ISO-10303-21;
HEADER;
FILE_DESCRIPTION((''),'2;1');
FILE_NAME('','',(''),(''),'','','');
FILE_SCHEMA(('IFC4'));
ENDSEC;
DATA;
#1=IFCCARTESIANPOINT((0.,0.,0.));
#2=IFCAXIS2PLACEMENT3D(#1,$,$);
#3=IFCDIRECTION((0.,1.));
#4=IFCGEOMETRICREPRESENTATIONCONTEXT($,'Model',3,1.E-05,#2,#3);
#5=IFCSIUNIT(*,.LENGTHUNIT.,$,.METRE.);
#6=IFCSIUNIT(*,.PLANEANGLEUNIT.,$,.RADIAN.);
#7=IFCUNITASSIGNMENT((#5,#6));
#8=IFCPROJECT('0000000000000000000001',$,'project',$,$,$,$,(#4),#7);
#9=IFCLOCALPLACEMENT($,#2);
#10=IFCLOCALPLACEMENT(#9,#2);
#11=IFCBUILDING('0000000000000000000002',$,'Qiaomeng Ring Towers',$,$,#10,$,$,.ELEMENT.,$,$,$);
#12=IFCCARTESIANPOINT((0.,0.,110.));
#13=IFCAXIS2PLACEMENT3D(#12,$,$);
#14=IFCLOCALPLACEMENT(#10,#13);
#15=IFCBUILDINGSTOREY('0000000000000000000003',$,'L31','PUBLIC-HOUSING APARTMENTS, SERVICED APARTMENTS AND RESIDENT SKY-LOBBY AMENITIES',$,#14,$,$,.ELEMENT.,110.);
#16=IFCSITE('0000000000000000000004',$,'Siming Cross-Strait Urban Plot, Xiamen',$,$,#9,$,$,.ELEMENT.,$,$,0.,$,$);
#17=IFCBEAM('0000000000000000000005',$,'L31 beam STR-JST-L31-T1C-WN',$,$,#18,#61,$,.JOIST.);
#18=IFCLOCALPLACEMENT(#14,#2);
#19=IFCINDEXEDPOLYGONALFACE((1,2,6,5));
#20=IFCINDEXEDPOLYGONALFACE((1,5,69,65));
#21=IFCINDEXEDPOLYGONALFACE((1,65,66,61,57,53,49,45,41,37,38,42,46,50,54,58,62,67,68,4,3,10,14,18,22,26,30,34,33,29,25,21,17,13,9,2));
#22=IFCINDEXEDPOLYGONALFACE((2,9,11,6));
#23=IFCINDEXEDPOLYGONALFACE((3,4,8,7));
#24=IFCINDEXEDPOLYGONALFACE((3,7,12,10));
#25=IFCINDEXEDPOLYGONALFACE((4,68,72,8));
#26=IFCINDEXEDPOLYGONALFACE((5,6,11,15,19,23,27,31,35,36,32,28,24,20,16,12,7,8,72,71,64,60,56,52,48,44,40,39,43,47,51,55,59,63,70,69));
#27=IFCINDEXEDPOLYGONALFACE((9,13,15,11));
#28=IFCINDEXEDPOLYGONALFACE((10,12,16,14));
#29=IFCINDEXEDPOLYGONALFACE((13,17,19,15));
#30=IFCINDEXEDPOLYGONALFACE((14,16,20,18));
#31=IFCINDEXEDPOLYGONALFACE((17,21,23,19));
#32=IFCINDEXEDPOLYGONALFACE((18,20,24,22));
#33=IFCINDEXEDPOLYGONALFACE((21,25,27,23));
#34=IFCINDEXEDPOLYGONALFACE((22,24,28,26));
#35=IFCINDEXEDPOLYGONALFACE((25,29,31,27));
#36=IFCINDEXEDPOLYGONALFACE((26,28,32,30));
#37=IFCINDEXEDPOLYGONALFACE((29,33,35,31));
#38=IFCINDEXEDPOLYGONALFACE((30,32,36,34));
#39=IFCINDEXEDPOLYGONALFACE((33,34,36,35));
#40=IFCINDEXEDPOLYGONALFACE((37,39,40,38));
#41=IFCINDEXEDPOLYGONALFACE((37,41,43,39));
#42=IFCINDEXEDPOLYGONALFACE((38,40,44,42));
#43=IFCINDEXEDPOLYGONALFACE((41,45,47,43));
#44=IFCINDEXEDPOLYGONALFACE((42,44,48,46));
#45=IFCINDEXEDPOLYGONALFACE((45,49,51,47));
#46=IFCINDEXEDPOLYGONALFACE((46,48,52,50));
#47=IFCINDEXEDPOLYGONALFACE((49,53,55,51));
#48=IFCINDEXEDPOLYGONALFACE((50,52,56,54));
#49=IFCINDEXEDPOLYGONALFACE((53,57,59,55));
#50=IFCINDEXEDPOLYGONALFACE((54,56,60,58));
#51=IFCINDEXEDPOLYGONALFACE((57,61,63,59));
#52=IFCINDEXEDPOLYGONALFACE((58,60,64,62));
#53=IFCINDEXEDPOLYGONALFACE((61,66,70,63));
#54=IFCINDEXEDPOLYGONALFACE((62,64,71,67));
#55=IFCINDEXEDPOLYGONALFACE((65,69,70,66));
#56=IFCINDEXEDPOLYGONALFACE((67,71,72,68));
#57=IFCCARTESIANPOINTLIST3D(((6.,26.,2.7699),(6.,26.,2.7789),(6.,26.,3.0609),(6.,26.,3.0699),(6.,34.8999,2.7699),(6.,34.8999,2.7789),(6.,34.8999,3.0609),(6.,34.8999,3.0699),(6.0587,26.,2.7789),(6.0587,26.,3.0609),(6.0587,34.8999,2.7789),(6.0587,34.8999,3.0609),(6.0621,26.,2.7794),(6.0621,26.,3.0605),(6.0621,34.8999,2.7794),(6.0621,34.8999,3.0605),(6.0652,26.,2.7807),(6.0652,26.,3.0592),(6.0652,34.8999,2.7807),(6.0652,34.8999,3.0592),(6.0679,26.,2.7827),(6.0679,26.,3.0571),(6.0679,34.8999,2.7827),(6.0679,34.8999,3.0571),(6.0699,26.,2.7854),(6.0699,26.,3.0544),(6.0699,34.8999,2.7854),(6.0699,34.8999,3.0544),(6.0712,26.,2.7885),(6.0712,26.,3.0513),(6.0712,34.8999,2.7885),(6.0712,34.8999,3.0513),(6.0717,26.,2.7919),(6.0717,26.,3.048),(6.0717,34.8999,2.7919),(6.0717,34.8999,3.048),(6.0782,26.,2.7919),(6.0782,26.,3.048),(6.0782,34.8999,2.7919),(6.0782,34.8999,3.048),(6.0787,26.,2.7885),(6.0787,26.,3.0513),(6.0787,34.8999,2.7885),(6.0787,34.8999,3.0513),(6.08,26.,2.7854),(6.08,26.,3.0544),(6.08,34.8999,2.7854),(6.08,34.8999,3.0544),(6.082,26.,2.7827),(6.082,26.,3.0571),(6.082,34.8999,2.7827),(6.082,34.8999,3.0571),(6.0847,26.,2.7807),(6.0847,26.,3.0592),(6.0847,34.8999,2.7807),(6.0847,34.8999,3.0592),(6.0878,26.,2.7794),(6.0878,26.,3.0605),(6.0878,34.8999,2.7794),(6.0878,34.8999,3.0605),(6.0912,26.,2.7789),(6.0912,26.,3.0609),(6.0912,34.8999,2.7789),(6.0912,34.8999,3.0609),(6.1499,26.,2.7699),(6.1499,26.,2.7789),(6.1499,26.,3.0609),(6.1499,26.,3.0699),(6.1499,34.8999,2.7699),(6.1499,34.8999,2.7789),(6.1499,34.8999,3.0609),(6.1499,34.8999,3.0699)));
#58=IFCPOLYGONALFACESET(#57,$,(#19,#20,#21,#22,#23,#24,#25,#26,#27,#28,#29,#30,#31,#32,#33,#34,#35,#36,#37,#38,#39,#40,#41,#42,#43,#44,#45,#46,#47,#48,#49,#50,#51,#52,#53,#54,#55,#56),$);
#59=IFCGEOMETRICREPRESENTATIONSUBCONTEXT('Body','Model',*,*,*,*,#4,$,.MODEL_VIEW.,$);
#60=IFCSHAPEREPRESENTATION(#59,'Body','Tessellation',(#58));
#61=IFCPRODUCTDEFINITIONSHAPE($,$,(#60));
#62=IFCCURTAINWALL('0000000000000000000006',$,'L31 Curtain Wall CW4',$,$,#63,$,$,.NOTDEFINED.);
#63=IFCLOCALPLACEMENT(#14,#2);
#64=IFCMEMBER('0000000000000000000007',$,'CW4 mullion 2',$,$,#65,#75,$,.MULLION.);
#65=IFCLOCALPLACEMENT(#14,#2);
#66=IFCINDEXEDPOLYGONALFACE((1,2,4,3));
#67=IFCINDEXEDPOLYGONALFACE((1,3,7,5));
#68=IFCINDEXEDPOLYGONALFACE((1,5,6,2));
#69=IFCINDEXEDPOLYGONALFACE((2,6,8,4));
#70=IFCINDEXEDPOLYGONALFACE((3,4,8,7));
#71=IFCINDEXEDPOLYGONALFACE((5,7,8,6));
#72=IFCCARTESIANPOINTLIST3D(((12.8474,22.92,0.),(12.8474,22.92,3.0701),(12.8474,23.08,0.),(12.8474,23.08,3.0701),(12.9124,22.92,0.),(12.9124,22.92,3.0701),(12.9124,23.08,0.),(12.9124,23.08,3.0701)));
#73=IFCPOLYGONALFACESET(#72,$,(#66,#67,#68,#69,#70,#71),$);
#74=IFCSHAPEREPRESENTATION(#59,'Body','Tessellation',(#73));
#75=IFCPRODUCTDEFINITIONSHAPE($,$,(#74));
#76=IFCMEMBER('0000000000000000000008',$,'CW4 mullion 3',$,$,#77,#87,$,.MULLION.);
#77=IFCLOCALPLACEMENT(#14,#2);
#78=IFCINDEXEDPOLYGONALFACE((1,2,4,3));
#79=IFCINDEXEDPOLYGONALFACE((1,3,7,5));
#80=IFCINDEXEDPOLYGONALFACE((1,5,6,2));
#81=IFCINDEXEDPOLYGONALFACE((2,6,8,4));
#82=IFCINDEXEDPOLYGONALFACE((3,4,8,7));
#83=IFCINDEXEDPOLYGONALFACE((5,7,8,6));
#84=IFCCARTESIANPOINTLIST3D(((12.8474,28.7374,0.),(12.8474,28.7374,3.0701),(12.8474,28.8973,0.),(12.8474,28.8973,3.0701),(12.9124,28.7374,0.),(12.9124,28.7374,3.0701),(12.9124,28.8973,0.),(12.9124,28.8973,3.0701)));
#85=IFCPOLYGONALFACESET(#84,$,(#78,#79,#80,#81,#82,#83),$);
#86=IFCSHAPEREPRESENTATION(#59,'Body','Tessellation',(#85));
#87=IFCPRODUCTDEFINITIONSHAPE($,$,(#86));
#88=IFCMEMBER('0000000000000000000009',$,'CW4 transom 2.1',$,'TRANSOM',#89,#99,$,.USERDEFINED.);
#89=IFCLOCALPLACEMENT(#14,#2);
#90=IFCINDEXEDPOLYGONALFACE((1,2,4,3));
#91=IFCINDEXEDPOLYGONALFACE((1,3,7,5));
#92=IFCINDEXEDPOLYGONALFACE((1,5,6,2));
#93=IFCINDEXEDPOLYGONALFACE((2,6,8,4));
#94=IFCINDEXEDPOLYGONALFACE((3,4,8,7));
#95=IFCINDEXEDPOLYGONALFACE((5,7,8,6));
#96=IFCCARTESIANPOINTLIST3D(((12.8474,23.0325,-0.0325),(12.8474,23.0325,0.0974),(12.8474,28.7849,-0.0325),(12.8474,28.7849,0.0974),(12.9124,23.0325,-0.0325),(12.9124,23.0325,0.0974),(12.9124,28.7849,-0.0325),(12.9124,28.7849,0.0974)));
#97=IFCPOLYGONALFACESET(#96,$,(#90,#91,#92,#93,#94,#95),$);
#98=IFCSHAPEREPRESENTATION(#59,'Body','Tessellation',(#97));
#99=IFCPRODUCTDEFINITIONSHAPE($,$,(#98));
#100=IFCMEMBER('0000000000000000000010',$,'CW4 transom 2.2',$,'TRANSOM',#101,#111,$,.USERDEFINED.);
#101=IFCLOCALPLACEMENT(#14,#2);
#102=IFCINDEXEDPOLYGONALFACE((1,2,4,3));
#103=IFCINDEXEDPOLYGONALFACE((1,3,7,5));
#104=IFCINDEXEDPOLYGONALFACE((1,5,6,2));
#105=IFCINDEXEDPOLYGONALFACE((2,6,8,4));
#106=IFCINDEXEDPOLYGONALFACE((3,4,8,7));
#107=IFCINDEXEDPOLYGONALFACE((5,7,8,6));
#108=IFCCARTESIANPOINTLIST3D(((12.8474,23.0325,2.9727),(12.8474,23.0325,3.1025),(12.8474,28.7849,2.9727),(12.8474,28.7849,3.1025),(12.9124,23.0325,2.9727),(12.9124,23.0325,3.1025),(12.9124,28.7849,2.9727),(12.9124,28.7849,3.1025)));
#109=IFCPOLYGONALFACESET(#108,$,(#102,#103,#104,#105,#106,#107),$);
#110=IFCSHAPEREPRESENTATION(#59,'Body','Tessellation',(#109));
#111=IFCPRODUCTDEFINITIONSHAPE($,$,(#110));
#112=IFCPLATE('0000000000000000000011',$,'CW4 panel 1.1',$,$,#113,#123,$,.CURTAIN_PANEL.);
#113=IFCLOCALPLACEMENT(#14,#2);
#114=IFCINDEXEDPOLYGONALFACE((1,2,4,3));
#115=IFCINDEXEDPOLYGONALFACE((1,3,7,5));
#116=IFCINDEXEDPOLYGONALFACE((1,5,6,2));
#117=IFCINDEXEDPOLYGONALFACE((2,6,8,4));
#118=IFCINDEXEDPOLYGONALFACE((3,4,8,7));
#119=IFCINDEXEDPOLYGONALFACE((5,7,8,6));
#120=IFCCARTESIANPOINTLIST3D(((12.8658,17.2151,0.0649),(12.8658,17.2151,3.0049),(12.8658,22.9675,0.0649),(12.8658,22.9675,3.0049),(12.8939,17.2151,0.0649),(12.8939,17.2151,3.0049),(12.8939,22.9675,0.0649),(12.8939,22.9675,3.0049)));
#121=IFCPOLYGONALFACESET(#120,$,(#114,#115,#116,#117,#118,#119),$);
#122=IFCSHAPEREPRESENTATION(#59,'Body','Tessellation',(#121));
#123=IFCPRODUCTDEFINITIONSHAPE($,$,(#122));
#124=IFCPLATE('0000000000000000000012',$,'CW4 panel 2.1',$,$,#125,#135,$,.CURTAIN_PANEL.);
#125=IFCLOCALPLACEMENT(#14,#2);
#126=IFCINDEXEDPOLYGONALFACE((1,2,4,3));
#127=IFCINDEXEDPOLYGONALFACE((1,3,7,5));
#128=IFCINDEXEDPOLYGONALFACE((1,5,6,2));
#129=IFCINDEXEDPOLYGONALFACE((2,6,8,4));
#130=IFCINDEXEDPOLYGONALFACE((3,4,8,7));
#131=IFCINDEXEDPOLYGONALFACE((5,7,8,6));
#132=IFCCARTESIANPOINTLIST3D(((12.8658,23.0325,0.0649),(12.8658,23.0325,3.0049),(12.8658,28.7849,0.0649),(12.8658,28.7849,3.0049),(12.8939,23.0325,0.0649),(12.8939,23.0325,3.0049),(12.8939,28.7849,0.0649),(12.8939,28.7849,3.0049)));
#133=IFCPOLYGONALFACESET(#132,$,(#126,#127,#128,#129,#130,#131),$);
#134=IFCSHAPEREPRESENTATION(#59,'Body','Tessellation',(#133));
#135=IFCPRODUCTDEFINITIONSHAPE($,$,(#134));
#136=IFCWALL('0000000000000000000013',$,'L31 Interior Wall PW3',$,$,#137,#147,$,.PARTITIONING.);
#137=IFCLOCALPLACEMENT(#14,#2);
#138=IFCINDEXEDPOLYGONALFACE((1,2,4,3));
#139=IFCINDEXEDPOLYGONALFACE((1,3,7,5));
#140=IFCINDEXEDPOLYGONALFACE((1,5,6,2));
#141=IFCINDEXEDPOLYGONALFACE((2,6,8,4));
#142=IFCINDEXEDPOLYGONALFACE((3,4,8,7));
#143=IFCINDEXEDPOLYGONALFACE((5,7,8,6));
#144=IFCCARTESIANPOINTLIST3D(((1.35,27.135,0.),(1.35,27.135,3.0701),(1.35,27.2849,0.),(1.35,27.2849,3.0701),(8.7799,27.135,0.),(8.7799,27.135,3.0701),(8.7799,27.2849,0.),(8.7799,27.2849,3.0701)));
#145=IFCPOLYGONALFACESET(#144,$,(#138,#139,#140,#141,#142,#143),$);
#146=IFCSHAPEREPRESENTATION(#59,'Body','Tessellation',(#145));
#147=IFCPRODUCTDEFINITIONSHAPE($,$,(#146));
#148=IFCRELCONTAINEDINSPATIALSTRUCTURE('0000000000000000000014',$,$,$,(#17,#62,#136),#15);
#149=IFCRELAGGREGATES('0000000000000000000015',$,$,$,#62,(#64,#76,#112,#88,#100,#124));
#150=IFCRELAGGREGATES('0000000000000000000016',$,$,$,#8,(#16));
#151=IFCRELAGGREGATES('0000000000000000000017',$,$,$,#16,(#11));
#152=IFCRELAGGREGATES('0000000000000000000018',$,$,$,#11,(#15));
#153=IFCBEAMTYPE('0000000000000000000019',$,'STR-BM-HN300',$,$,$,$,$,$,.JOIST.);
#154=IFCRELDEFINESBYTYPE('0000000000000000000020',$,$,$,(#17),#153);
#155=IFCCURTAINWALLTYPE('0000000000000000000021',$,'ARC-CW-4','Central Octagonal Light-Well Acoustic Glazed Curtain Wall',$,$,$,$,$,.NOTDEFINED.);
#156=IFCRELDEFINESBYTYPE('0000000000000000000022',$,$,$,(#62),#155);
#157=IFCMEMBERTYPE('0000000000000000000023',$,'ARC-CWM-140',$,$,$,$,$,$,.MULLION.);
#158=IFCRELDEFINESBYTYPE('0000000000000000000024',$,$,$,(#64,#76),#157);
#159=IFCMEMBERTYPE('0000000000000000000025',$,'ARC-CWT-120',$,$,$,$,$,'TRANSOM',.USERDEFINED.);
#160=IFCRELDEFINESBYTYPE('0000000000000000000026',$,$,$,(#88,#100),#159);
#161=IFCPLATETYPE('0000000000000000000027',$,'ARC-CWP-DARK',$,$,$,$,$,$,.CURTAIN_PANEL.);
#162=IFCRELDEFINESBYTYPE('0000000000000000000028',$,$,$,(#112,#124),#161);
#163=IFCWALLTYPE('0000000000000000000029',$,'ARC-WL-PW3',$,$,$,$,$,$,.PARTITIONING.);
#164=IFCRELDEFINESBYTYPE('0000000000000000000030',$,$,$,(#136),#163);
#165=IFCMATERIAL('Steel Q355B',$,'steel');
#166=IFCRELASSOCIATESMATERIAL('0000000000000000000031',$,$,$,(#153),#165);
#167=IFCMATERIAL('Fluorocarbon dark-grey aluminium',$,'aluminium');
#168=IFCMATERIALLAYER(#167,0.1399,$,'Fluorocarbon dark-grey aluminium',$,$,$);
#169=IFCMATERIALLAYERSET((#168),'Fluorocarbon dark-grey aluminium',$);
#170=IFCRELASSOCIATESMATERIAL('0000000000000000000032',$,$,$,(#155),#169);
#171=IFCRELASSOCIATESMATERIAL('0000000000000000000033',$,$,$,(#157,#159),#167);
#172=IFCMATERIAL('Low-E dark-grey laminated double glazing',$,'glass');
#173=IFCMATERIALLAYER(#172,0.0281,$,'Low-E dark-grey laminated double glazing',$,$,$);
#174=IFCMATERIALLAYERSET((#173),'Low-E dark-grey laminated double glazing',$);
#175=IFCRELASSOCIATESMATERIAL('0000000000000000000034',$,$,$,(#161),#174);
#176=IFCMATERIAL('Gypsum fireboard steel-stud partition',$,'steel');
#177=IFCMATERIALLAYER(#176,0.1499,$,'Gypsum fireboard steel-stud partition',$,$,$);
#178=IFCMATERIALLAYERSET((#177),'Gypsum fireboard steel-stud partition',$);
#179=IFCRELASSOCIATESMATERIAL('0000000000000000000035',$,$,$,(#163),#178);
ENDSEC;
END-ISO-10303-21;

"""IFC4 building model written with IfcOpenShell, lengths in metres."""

from ifc_helpers import new_model, si_unit, direction, frame, frame_2d, origin, origin_2d, place, context, subcontext, project, spatial, rectangle, i_section, extrude, source, transform, mapped, material, layer, layer_set, material_profile, profile_set, type_object, element, aggregate, save


model = new_model("IFC4")

# Units and contexts
model_context = context("Model", 3, precision=1e-05, world=origin(), true_north=direction((0.0, 1.0)))
body_context = subcontext(model_context, "Body", "Model", "MODEL_VIEW")
ifc_project = project(units=[si_unit("LENGTHUNIT", "METRE"), si_unit("PLANEANGLEUNIT", "RADIAN")], contexts=[model_context])

# Site, building, storey
site_placement = place(None, origin())
site = spatial("IfcSite", under=ifc_project, at=site_placement, Name="Siming Cross-Strait Urban Plot, Xiamen", CompositionType="ELEMENT", RefElevation=0.0)
building_placement = place(site_placement, origin())
building = spatial("IfcBuilding", under=site, at=building_placement, Name="Qiaomeng Ring Towers", CompositionType="ELEMENT")
storey_placement = place(building_placement, frame((0.0, 0.0, 110.0)))
storey = spatial("IfcBuildingStorey", under=building, at=storey_placement, Name="L31", Description="PUBLIC-HOUSING APARTMENTS, SERVICED APARTMENTS AND RESIDENT SKY-LOBBY AMENITIES", CompositionType="ELEMENT", Elevation=110.0)

# Beam
ifc_material_1 = material(Name="Steel Q355B", Category="steel")
ifc_material_profile_1 = material_profile(ifc_material_1, i_section(OverallWidth=0.1499, OverallDepth=0.3, WebThickness=0.0066, FlangeThickness=0.009, FilletRadius=0.0129, at=origin_2d()), Name="HN 300x150x6.5x9")
ifc_profile_set_1 = profile_set([ifc_material_profile_1], Name="Steel Q355B")
beam_type_1 = type_object("IfcBeamType", Name="STR-BM-HN300", PredefinedType="JOIST", material=ifc_profile_set_1)
shared_shape_1 = source(origin(), body_context, "Body", "SweptSolid", [
    extrude(i_section(OverallWidth=0.1499, OverallDepth=0.3, WebThickness=0.0066, FlangeThickness=0.009, FilletRadius=0.0129, at=origin_2d()), origin(), (0.0, 0.0, 1.0), 8.8999),
])
beam_1_placement = place(storey_placement, frame((6.075, 26.0, 2.9199), z_axis=(0.0, 1.0, 0.0), x_axis=(-1.0, 0.0, 0.0)))
element("IfcBeam", 1, at=beam_1_placement, inside=storey, type_object=beam_type_1, Name="L31 beam STR-JST-L31-T1C-WN", PredefinedType="JOIST", context=body_context, shape_type="MappedRepresentation", body=[
    mapped(shared_shape_1, transform((0.0, 0.0, 0.0), x_axis=(1.0, 0.0, 0.0), y_axis=(0.0, 1.0, 0.0), z_axis=(0.0, 0.0, 1.0), scale=1.0)),
])

# Curtain wall, members, plates
ifc_material_2 = material(Name="Fluorocarbon dark-grey aluminium", Category="aluminium")
ifc_layer_1 = layer(ifc_material_2, 0.1399, Name="Fluorocarbon dark-grey aluminium")
ifc_layer_set_1 = layer_set([ifc_layer_1], Name="Fluorocarbon dark-grey aluminium")
curtain_wall_type = type_object("IfcCurtainWallType", Name="ARC-CW-4", Description="Central Octagonal Light-Well Acoustic Glazed Curtain Wall", PredefinedType="NOTDEFINED", material=ifc_layer_set_1)
curtain_wall_placement = place(storey_placement, origin())
curtain_wall = element("IfcCurtainWall", 2, at=curtain_wall_placement, inside=storey, type_object=curtain_wall_type, Name="L31 Curtain Wall CW4", PredefinedType="NOTDEFINED")
ifc_material_profile_2 = material_profile(ifc_material_2, rectangle(XDim=0.0649, YDim=0.1599, at=origin_2d()), Name="ALU MULL 65x160")
ifc_profile_set_2 = profile_set([ifc_material_profile_2], Name="Fluorocarbon dark-grey aluminium")
member_type_1 = type_object("IfcMemberType", Name="ARC-CWM-140", PredefinedType="MULLION", material=ifc_profile_set_2)
shared_shape_2 = source(origin(), body_context, "Body", "SweptSolid", [
    extrude(rectangle(XDim=0.0649, YDim=0.1599, at=origin_2d()), origin(), (0.0, 0.0, 1.0), 3.0701),
])
member_1_placement = place(storey_placement, frame((12.8799, 23.0, 0.0), z_axis=(0.0, 0.0, 1.0), x_axis=(-1.0, 0.0, 0.0)))
member_1 = element("IfcMember", 3, at=member_1_placement, type_object=member_type_1, Name="CW4 mullion 2", PredefinedType="MULLION", context=body_context, shape_type="MappedRepresentation", body=[
    mapped(shared_shape_2, transform((0.0, 0.0, 0.0), x_axis=(1.0, 0.0, 0.0), y_axis=(0.0, 1.0, 0.0), z_axis=(0.0, 0.0, 1.0), scale=1.0)),
])
member_2_placement = place(storey_placement, frame((12.8799, 28.8174, 0.0), z_axis=(0.0, 0.0, 1.0), x_axis=(-1.0, 0.0, 0.0)))
member_2 = element("IfcMember", 4, at=member_2_placement, type_object=member_type_1, Name="CW4 mullion 3", PredefinedType="MULLION", context=body_context, shape_type="MappedRepresentation", body=[
    mapped(shared_shape_2, transform((0.0, 0.0, 0.0), x_axis=(1.0, 0.0, 0.0), y_axis=(0.0, 1.0, 0.0), z_axis=(0.0, 0.0, 1.0), scale=1.0)),
])
ifc_material_profile_3 = material_profile(ifc_material_2, rectangle(XDim=0.0649, YDim=0.1299, at=origin_2d()), Name="ALU TRAN 65x130")
ifc_profile_set_3 = profile_set([ifc_material_profile_3], Name="Fluorocarbon dark-grey aluminium")
member_type_2 = type_object("IfcMemberType", Name="ARC-CWT-120", ElementType="TRANSOM", PredefinedType="USERDEFINED", material=ifc_profile_set_3)
shared_shape_3 = source(origin(), body_context, "Body", "SweptSolid", [
    extrude(rectangle(XDim=0.0649, YDim=0.1299, at=origin_2d()), origin(), (0.0, 0.0, 1.0), 5.7524),
])
member_3_placement = place(storey_placement, frame((12.8799, 23.0325, 0.0325), z_axis=(0.0, 1.0, 0.0), x_axis=(-1.0, 0.0, 0.0)))
member_3 = element("IfcMember", 5, at=member_3_placement, type_object=member_type_2, Name="CW4 transom 2.1", ObjectType="TRANSOM", PredefinedType="USERDEFINED", context=body_context, shape_type="MappedRepresentation", body=[
    mapped(shared_shape_3, transform((0.0, 0.0, 0.0), x_axis=(1.0, 0.0, 0.0), y_axis=(0.0, 1.0, 0.0), z_axis=(0.0, 0.0, 1.0), scale=1.0)),
])
member_4_placement = place(storey_placement, frame((12.8799, 23.0325, 3.0376), z_axis=(0.0, 1.0, 0.0), x_axis=(-1.0, 0.0, 0.0)))
member_4 = element("IfcMember", 6, at=member_4_placement, type_object=member_type_2, Name="CW4 transom 2.2", ObjectType="TRANSOM", PredefinedType="USERDEFINED", context=body_context, shape_type="MappedRepresentation", body=[
    mapped(shared_shape_3, transform((0.0, 0.0, 0.0), x_axis=(1.0, 0.0, 0.0), y_axis=(0.0, 1.0, 0.0), z_axis=(0.0, 0.0, 1.0), scale=1.0)),
])
ifc_material_3 = material(Name="Low-E dark-grey laminated double glazing", Category="glass")
ifc_layer_2 = layer(ifc_material_3, 0.0281, Name="Low-E dark-grey laminated double glazing")
ifc_layer_set_2 = layer_set([ifc_layer_2], Name="Low-E dark-grey laminated double glazing")
plate_type = type_object("IfcPlateType", Name="ARC-CWP-DARK", PredefinedType="CURTAIN_PANEL", material=ifc_layer_set_2)
shared_shape_4 = source(origin(), body_context, "Body", "SweptSolid", [
    extrude(rectangle(XDim=5.7524, YDim=0.0281, at=origin_2d()), origin(), (0.0, 0.0, 1.0), 2.9399),
])
plate_1_placement = place(storey_placement, frame((12.8799, 20.0913, 0.0649), z_axis=(0.0, 0.0, 1.0), x_axis=(0.0, 1.0, 0.0)))
plate_1 = element("IfcPlate", 7, at=plate_1_placement, type_object=plate_type, Name="CW4 panel 1.1", PredefinedType="CURTAIN_PANEL", context=body_context, shape_type="MappedRepresentation", body=[
    mapped(shared_shape_4, transform((0.0, 0.0, 0.0), x_axis=(1.0, 0.0, 0.0), y_axis=(0.0, 1.0, 0.0), z_axis=(0.0, 0.0, 1.0), scale=1.0)),
])
plate_2_placement = place(storey_placement, frame((12.8799, 25.9087, 0.0649), z_axis=(0.0, 0.0, 1.0), x_axis=(0.0, 1.0, 0.0)))
plate_2 = element("IfcPlate", 8, at=plate_2_placement, type_object=plate_type, Name="CW4 panel 2.1", PredefinedType="CURTAIN_PANEL", context=body_context, shape_type="MappedRepresentation", body=[
    mapped(shared_shape_4, transform((0.0, 0.0, 0.0), x_axis=(1.0, 0.0, 0.0), y_axis=(0.0, 1.0, 0.0), z_axis=(0.0, 0.0, 1.0), scale=1.0)),
])
aggregate(curtain_wall, [member_1, member_2, plate_1, member_3, member_4, plate_2])

# Wall
ifc_material_4 = material(Name="Gypsum fireboard steel-stud partition", Category="steel")
ifc_layer_3 = layer(ifc_material_4, 0.1499, Name="Gypsum fireboard steel-stud partition")
ifc_layer_set_3 = layer_set([ifc_layer_3], Name="Gypsum fireboard steel-stud partition")
wall_type_1 = type_object("IfcWallType", Name="ARC-WL-PW3", PredefinedType="PARTITIONING", material=ifc_layer_set_3)
wall_1_placement = place(storey_placement, frame((1.3501, 27.21, 0.0), z_axis=(0.0, 0.0, 1.0), x_axis=(1.0, 0.0, 0.0)))
element("IfcWall", 9, at=wall_1_placement, inside=storey, type_object=wall_type_1, Name="L31 Interior Wall PW3", PredefinedType="PARTITIONING", context=body_context, shape_type="SweptSolid", body=[
    extrude(rectangle(XDim=7.4299, YDim=0.1499, at=frame_2d((3.7148, 0.0))), origin(), (0.0, 0.0, 1.0), 3.0701),
])

save(model, "model.ifc")
